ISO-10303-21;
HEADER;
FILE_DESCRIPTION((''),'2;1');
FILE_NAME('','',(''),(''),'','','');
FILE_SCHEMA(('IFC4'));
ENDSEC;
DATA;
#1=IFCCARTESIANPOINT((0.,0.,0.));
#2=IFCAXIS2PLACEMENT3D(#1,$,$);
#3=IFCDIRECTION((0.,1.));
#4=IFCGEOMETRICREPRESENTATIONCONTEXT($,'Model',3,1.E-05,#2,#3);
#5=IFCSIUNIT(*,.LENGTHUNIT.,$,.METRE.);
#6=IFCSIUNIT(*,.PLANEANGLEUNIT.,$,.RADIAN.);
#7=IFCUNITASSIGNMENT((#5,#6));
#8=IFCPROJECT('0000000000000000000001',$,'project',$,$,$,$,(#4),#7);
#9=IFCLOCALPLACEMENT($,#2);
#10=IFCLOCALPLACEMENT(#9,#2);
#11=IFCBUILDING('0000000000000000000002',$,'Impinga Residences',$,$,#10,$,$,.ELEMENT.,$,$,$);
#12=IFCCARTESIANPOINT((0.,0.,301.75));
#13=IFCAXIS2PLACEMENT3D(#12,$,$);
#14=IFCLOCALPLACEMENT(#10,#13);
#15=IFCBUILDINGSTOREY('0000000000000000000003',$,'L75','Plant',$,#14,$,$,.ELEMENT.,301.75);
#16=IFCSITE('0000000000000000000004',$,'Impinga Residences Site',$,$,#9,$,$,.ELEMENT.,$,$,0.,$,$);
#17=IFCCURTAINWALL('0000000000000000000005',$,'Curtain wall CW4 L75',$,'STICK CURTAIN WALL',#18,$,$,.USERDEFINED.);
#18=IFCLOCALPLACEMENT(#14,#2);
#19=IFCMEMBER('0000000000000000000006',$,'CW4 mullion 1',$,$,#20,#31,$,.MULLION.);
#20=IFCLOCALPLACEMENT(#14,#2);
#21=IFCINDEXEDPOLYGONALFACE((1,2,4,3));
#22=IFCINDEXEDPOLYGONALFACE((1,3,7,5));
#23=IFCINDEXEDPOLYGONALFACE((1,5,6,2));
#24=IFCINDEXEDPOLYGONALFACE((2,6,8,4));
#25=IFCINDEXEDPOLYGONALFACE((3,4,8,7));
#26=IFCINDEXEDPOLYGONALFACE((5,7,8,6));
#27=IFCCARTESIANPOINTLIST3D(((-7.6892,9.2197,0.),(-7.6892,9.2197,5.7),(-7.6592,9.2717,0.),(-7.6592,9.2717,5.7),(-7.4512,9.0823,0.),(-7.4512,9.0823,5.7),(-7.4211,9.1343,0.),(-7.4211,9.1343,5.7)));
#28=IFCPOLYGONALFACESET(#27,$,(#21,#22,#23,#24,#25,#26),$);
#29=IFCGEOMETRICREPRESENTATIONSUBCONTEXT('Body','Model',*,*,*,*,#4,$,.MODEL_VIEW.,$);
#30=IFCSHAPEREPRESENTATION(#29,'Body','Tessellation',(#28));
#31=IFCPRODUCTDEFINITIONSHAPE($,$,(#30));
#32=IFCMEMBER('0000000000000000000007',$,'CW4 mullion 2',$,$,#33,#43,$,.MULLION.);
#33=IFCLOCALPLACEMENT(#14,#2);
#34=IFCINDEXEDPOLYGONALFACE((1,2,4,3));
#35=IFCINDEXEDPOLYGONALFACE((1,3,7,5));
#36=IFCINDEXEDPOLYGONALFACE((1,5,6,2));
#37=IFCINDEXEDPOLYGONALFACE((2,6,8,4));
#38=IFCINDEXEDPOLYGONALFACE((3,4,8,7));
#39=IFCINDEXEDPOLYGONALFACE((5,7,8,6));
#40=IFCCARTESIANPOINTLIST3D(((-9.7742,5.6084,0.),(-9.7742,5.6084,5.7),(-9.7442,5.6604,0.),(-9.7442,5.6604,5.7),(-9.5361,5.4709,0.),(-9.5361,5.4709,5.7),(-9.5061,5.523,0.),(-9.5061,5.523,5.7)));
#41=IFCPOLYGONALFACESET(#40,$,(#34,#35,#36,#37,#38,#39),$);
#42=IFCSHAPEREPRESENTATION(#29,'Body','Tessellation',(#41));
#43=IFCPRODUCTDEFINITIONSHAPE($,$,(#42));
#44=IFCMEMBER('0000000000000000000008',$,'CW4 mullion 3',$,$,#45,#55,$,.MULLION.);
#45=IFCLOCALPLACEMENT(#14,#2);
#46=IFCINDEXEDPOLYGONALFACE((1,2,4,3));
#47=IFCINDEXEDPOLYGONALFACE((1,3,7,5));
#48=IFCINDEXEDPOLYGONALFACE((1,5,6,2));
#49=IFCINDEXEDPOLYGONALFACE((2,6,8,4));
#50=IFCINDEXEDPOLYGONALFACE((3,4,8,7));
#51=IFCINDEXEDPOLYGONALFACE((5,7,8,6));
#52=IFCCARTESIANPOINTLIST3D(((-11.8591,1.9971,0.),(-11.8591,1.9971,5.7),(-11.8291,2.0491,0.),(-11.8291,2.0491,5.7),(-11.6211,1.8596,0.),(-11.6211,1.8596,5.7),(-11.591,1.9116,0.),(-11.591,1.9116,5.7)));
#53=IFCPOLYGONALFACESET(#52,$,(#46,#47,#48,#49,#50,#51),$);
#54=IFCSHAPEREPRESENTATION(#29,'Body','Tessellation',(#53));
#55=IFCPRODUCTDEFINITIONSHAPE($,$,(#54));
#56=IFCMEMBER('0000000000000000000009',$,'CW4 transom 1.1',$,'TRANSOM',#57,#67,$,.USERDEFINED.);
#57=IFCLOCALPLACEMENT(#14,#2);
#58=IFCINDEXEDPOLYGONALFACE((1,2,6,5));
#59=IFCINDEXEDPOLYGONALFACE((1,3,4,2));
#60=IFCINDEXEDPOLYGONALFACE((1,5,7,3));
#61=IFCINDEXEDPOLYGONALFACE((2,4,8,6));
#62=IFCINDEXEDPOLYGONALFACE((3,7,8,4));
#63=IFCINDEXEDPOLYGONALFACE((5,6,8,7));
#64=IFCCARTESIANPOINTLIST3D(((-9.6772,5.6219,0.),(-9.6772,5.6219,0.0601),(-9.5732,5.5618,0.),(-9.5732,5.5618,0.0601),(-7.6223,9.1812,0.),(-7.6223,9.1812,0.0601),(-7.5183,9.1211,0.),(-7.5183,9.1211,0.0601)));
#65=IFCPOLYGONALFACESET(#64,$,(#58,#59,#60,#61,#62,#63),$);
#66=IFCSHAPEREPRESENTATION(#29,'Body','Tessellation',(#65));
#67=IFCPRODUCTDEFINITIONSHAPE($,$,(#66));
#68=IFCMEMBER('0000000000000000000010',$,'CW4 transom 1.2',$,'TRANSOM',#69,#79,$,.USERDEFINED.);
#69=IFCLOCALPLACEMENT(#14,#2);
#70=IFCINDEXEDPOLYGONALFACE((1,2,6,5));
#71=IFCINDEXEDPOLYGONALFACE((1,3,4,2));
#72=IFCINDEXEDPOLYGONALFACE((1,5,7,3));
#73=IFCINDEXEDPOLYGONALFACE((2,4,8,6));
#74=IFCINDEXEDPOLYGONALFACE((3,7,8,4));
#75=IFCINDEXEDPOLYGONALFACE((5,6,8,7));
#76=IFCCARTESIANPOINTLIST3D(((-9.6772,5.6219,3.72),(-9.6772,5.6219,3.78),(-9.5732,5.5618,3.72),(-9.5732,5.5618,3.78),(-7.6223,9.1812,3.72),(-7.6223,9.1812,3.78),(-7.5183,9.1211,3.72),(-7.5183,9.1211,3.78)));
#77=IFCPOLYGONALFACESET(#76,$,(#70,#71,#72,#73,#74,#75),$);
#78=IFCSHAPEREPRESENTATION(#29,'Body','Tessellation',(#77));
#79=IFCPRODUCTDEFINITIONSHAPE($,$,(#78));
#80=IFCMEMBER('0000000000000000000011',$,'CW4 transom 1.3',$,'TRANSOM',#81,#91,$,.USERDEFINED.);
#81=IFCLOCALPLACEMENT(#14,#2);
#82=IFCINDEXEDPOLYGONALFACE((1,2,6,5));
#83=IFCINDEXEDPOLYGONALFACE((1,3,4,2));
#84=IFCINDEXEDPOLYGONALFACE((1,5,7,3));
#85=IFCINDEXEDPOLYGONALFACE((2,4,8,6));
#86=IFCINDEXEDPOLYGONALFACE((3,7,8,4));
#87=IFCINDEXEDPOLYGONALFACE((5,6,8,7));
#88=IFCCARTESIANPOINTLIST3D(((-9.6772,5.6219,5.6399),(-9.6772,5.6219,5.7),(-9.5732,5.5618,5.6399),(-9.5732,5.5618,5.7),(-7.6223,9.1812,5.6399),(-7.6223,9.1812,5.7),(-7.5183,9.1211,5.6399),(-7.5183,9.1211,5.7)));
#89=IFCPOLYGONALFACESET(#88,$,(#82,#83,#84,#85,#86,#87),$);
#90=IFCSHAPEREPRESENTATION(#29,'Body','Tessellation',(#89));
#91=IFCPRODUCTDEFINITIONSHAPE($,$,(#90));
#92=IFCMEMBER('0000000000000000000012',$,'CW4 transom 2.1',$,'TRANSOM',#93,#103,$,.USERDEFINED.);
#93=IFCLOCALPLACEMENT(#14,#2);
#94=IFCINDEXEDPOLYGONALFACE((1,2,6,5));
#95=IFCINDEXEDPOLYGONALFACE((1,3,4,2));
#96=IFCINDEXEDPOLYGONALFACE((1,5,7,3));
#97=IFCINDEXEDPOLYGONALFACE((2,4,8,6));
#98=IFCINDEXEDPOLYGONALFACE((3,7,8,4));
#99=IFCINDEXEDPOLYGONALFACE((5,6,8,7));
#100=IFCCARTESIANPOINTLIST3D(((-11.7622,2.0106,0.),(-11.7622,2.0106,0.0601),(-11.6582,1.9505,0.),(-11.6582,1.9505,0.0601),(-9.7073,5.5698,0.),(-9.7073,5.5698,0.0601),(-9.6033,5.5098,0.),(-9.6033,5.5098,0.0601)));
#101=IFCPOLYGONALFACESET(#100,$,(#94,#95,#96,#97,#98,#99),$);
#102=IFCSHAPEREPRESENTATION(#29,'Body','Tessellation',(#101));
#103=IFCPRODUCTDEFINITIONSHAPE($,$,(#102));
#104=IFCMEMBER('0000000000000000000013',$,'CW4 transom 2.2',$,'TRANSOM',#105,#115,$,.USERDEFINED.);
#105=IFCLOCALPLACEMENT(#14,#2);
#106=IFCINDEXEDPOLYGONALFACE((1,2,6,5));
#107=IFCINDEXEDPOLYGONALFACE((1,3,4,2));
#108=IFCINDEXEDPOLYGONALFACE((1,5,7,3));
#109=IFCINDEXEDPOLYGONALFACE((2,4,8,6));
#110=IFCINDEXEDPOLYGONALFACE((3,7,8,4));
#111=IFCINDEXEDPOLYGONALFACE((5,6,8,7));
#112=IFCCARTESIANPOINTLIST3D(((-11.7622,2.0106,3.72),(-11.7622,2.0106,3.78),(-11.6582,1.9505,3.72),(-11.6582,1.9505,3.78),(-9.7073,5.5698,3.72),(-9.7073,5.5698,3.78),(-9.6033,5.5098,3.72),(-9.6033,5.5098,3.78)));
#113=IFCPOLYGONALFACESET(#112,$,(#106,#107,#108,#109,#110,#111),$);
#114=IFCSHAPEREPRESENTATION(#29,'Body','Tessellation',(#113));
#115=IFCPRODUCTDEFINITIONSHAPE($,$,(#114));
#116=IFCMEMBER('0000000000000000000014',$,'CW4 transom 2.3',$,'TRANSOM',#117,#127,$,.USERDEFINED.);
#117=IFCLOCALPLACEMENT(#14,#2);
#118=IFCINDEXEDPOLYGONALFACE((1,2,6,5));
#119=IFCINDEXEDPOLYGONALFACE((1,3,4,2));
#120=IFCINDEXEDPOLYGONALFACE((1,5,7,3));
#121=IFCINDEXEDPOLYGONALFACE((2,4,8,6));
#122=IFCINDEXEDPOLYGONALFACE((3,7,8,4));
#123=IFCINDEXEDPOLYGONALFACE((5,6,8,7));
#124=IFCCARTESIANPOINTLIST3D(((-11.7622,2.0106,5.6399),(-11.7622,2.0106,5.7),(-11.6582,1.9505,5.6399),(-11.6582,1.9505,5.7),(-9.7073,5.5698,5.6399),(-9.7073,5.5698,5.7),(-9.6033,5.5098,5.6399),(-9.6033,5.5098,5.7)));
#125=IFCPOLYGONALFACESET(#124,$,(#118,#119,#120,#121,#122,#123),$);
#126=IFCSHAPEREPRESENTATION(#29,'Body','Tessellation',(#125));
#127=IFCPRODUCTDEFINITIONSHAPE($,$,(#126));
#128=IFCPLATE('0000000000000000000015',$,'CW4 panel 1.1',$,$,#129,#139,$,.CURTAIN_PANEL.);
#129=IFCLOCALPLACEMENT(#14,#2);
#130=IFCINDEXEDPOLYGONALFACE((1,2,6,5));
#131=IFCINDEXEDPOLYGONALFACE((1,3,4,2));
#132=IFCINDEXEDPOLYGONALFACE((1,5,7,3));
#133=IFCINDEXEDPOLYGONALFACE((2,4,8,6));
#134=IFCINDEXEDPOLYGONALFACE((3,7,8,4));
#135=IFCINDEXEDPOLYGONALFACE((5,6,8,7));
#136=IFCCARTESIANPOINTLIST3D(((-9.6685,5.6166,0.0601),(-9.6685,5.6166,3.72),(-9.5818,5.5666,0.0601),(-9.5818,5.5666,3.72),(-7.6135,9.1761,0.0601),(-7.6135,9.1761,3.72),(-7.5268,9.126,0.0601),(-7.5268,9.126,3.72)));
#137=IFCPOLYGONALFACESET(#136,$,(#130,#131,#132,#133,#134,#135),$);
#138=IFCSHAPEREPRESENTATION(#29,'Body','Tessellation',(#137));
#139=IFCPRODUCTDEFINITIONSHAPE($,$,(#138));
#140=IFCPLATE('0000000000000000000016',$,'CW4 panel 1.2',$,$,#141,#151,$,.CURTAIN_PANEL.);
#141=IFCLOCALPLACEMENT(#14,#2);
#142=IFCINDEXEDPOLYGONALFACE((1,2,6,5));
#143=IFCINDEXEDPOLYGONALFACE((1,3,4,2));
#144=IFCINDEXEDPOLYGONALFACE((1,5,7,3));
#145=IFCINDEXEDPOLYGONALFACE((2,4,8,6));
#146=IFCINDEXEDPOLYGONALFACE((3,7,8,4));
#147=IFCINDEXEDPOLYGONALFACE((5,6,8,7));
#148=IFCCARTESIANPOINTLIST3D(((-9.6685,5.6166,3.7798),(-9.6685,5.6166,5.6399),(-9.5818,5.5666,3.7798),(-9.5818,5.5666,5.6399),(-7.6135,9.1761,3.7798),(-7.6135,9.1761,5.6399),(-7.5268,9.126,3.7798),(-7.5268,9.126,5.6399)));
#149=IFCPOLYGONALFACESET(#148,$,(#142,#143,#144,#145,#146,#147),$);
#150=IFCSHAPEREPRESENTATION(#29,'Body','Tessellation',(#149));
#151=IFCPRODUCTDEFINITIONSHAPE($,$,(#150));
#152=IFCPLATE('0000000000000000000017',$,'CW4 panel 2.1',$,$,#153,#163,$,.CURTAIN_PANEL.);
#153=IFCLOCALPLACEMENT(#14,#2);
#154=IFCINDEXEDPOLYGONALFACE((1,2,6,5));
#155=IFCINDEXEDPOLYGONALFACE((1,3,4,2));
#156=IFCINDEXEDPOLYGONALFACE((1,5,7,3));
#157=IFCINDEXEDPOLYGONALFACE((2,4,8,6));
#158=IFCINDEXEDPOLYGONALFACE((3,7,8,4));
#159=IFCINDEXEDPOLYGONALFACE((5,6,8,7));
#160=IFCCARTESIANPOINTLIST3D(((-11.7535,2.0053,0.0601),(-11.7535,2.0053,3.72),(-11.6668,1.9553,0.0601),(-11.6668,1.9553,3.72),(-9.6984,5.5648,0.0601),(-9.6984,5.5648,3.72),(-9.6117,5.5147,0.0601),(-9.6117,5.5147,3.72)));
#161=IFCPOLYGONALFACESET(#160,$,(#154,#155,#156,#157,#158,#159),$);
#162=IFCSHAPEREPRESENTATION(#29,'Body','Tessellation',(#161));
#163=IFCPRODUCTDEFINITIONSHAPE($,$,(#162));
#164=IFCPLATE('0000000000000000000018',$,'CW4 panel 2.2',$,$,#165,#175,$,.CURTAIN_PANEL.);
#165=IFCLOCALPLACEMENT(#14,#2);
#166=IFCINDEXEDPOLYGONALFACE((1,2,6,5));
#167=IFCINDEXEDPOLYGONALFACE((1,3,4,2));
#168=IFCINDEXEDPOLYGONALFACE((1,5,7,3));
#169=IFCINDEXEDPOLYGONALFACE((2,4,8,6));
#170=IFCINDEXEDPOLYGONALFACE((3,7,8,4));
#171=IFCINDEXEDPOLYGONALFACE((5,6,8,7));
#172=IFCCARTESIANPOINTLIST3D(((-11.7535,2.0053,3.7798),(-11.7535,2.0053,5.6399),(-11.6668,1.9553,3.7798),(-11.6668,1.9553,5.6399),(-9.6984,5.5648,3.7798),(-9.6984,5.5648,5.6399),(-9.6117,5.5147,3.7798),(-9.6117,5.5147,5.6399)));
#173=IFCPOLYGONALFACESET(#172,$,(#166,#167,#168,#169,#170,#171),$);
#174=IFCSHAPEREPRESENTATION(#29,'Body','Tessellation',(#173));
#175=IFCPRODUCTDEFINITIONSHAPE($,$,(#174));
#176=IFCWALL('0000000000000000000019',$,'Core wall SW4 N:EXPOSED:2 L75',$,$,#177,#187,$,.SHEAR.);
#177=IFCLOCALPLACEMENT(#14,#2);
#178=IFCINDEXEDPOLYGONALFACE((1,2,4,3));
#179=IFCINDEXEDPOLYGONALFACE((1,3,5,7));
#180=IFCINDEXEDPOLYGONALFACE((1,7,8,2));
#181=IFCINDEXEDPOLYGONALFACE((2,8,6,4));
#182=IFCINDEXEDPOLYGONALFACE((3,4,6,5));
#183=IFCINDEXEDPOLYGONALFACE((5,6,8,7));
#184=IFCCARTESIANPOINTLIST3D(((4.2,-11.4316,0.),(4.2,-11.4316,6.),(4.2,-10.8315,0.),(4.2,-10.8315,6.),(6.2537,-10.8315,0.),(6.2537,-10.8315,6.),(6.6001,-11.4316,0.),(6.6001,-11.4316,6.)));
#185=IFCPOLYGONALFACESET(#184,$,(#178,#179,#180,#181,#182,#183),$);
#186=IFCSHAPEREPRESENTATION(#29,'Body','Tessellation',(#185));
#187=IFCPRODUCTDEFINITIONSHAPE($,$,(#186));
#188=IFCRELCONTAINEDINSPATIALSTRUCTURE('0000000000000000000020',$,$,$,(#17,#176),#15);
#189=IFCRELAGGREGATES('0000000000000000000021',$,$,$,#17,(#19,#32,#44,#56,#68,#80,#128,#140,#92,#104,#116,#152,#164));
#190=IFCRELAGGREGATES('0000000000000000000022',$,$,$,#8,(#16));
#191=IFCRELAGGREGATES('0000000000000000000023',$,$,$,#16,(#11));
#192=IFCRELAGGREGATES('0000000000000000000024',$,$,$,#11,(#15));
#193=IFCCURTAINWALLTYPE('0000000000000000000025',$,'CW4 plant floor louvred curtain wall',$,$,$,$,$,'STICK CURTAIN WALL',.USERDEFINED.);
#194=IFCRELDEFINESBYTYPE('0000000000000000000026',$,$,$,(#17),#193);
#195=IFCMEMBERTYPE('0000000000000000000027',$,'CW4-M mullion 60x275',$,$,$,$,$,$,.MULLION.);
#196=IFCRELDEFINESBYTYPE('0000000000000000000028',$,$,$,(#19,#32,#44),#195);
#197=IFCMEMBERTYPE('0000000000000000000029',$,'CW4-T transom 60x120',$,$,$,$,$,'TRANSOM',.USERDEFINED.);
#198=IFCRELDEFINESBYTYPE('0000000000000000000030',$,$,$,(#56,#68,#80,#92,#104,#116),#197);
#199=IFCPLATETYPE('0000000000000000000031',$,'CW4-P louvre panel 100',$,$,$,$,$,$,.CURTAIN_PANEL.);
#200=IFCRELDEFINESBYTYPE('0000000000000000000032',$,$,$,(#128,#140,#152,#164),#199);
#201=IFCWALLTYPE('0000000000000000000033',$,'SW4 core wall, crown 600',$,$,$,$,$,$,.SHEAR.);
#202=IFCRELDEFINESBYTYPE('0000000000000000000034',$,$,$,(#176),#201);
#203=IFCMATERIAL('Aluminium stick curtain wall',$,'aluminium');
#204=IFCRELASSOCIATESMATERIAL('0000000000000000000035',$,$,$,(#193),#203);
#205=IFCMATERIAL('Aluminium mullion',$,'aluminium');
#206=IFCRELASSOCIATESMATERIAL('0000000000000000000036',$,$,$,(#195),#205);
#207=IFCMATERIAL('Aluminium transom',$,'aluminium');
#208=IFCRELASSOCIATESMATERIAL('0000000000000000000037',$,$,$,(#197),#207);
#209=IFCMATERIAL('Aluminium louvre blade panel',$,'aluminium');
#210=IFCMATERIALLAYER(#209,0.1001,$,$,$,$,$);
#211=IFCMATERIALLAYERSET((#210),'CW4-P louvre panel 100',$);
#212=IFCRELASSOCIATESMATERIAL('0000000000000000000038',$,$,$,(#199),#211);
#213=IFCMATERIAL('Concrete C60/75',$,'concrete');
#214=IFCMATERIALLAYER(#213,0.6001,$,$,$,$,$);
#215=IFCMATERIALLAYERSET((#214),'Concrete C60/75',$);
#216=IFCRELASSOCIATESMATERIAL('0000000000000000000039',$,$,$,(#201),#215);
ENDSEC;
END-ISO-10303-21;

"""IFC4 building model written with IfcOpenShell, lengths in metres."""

from ifc_helpers import new_model, si_unit, direction, frame, origin, origin_2d, place, context, subcontext, project, spatial, polyline, rectangle, outline, extrude, material, layer, layer_set, material_profile, profile_set, type_object, element, aggregate, save


model = new_model("IFC4")

# Units and contexts
model_context = context("Model", 3, precision=1e-05, world=origin(), true_north=direction((0.0, 1.0)))
body_context = subcontext(model_context, "Body", "Model", "MODEL_VIEW")
ifc_project = project(units=[si_unit("LENGTHUNIT", "METRE"), si_unit("PLANEANGLEUNIT", "RADIAN")], contexts=[model_context])

# Site, building, storey
site_placement = place(None, origin())
site = spatial("IfcSite", under=ifc_project, at=site_placement, Name="Impinga Residences Site", CompositionType="ELEMENT", RefElevation=0.0)
building_placement = place(site_placement, origin())
building = spatial("IfcBuilding", under=site, at=building_placement, Name="Impinga Residences", CompositionType="ELEMENT")
storey_placement = place(building_placement, frame((0.0, 0.0, 301.75)))
storey = spatial("IfcBuildingStorey", under=building, at=storey_placement, Name="L75", Description="Plant", CompositionType="ELEMENT", Elevation=301.75)

# Curtain wall, members, plates
ifc_material_1 = material(Name="Aluminium stick curtain wall", Category="aluminium")
curtain_wall_type = type_object("IfcCurtainWallType", Name="CW4 plant floor louvred curtain wall", ElementType="STICK CURTAIN WALL", PredefinedType="USERDEFINED", material=ifc_material_1)
curtain_wall_placement = place(storey_placement, origin())
curtain_wall = element("IfcCurtainWall", 1, at=curtain_wall_placement, inside=storey, type_object=curtain_wall_type, Name="Curtain wall CW4 L75", ObjectType="STICK CURTAIN WALL", PredefinedType="USERDEFINED")
ifc_material_2 = material(Name="Aluminium mullion", Category="aluminium")
ifc_material_profile_1 = material_profile(ifc_material_2, rectangle(XDim=0.0601, YDim=0.2749, at=origin_2d()), Name="60x275 mullion")
ifc_profile_set_1 = profile_set([ifc_material_profile_1], Name="Aluminium mullion")
member_type_1 = type_object("IfcMemberType", Name="CW4-M mullion 60x275", PredefinedType="MULLION", material=ifc_profile_set_1)
member_1_placement = place(storey_placement, frame((-7.5552, 9.177, 0.0), z_axis=(0.0, 0.0, 1.0), x_axis=(-0.5, -0.866025, 0.0)))
member_1 = element("IfcMember", 2, at=member_1_placement, type_object=member_type_1, Name="CW4 mullion 1", PredefinedType="MULLION", context=body_context, shape_type="SweptSolid", body=[
    extrude(rectangle(XDim=0.0601, YDim=0.2749, at=origin_2d()), origin(), (0.0, 0.0, 1.0), 5.7),
])
member_2_placement = place(storey_placement, frame((-9.6401, 5.5657, 0.0), z_axis=(0.0, 0.0, 1.0), x_axis=(-0.5, -0.866025, 0.0)))
member_2 = element("IfcMember", 3, at=member_2_placement, type_object=member_type_1, Name="CW4 mullion 2", PredefinedType="MULLION", context=body_context, shape_type="SweptSolid", body=[
    extrude(rectangle(XDim=0.0601, YDim=0.2749, at=origin_2d()), origin(), (0.0, 0.0, 1.0), 5.7),
])
member_3_placement = place(storey_placement, frame((-11.7251, 1.9543, 0.0), z_axis=(0.0, 0.0, 1.0), x_axis=(-0.5, -0.866025, 0.0)))
member_3 = element("IfcMember", 4, at=member_3_placement, type_object=member_type_1, Name="CW4 mullion 3", PredefinedType="MULLION", context=body_context, shape_type="SweptSolid", body=[
    extrude(rectangle(XDim=0.0601, YDim=0.2749, at=origin_2d()), origin(), (0.0, 0.0, 1.0), 5.7),
])
ifc_material_3 = material(Name="Aluminium transom", Category="aluminium")
ifc_material_profile_2 = material_profile(ifc_material_3, rectangle(XDim=0.0601, YDim=0.1201, at=origin_2d()), Name="60x120 transom")
ifc_profile_set_2 = profile_set([ifc_material_profile_2], Name="Aluminium transom")
member_type_2 = type_object("IfcMemberType", Name="CW4-T transom 60x120", ElementType="TRANSOM", PredefinedType="USERDEFINED", material=ifc_profile_set_2)
member_4_placement = place(storey_placement, frame((-7.5703, 9.1511, 0.03), z_axis=(-0.499992, -0.86603, 0.0), x_axis=(0.0, 0.0, 1.0)))
member_4 = element("IfcMember", 5, at=member_4_placement, type_object=member_type_2, Name="CW4 transom 1.1", ObjectType="TRANSOM", PredefinedType="USERDEFINED", context=body_context, shape_type="SweptSolid", body=[
    extrude(rectangle(XDim=0.0601, YDim=0.1201, at=origin_2d()), origin(), (0.0, 0.0, 1.0), 4.1099),
])
member_5_placement = place(storey_placement, frame((-7.5703, 9.1511, 3.75), z_axis=(-0.499992, -0.86603, 0.0), x_axis=(0.0, 0.0, 1.0)))
member_5 = element("IfcMember", 6, at=member_5_placement, type_object=member_type_2, Name="CW4 transom 1.2", ObjectType="TRANSOM", PredefinedType="USERDEFINED", context=body_context, shape_type="SweptSolid", body=[
    extrude(rectangle(XDim=0.0601, YDim=0.1201, at=origin_2d()), origin(), (0.0, 0.0, 1.0), 4.1099),
])
member_6_placement = place(storey_placement, frame((-7.5703, 9.1511, 5.6699), z_axis=(-0.499992, -0.86603, 0.0), x_axis=(0.0, 0.0, 1.0)))
member_6 = element("IfcMember", 7, at=member_6_placement, type_object=member_type_2, Name="CW4 transom 1.3", ObjectType="TRANSOM", PredefinedType="USERDEFINED", context=body_context, shape_type="SweptSolid", body=[
    extrude(rectangle(XDim=0.0601, YDim=0.1201, at=origin_2d()), origin(), (0.0, 0.0, 1.0), 4.1099),
])
member_7_placement = place(storey_placement, frame((-9.6553, 5.5398, 0.03), z_axis=(-0.499992, -0.86603, 0.0), x_axis=(0.0, 0.0, 1.0)))
member_7 = element("IfcMember", 8, at=member_7_placement, type_object=member_type_2, Name="CW4 transom 2.1", ObjectType="TRANSOM", PredefinedType="USERDEFINED", context=body_context, shape_type="SweptSolid", body=[
    extrude(rectangle(XDim=0.0601, YDim=0.1201, at=origin_2d()), origin(), (0.0, 0.0, 1.0), 4.1099),
])
member_8_placement = place(storey_placement, frame((-9.6553, 5.5398, 3.75), z_axis=(-0.499992, -0.86603, 0.0), x_axis=(0.0, 0.0, 1.0)))
member_8 = element("IfcMember", 9, at=member_8_placement, type_object=member_type_2, Name="CW4 transom 2.2", ObjectType="TRANSOM", PredefinedType="USERDEFINED", context=body_context, shape_type="SweptSolid", body=[
    extrude(rectangle(XDim=0.0601, YDim=0.1201, at=origin_2d()), origin(), (0.0, 0.0, 1.0), 4.1099),
])
member_9_placement = place(storey_placement, frame((-9.6553, 5.5398, 5.6699), z_axis=(-0.499992, -0.86603, 0.0), x_axis=(0.0, 0.0, 1.0)))
member_9 = element("IfcMember", 10, at=member_9_placement, type_object=member_type_2, Name="CW4 transom 2.3", ObjectType="TRANSOM", PredefinedType="USERDEFINED", context=body_context, shape_type="SweptSolid", body=[
    extrude(rectangle(XDim=0.0601, YDim=0.1201, at=origin_2d()), origin(), (0.0, 0.0, 1.0), 4.1099),
])
ifc_material_4 = material(Name="Aluminium louvre blade panel", Category="aluminium")
ifc_layer_1 = layer(ifc_material_4, 0.1001)
ifc_layer_set_1 = layer_set([ifc_layer_1], Name="CW4-P louvre panel 100")
plate_type = type_object("IfcPlateType", Name="CW4-P louvre panel 100", PredefinedType="CURTAIN_PANEL", material=ifc_layer_set_1)
plate_1_placement = place(storey_placement, frame((-8.5977, 7.3713, 0.0601), z_axis=(0.0, 0.0, 1.0), x_axis=(-0.5, -0.866025, 0.0)))
plate_1 = element("IfcPlate", 11, at=plate_1_placement, type_object=plate_type, Name="CW4 panel 1.1", PredefinedType="CURTAIN_PANEL", context=body_context, shape_type="SweptSolid", body=[
    extrude(rectangle(XDim=4.1101, YDim=0.1001, at=origin_2d()), origin(), (0.0, 0.0, 1.0), 3.6599),
])
plate_2_placement = place(storey_placement, frame((-8.5977, 7.3713, 3.7798), z_axis=(0.0, 0.0, 1.0), x_axis=(-0.5, -0.866025, 0.0)))
plate_2 = element("IfcPlate", 12, at=plate_2_placement, type_object=plate_type, Name="CW4 panel 1.2", PredefinedType="CURTAIN_PANEL", context=body_context, shape_type="SweptSolid", body=[
    extrude(rectangle(XDim=4.1101, YDim=0.1001, at=origin_2d()), origin(), (0.0, 0.0, 1.0), 1.8601),
])
plate_3_placement = place(storey_placement, frame((-10.6826, 3.76, 0.0601), z_axis=(0.0, 0.0, 1.0), x_axis=(-0.5, -0.866025, 0.0)))
plate_3 = element("IfcPlate", 13, at=plate_3_placement, type_object=plate_type, Name="CW4 panel 2.1", PredefinedType="CURTAIN_PANEL", context=body_context, shape_type="SweptSolid", body=[
    extrude(rectangle(XDim=4.1101, YDim=0.1001, at=origin_2d()), origin(), (0.0, 0.0, 1.0), 3.6599),
])
plate_4_placement = place(storey_placement, frame((-10.6826, 3.76, 3.7798), z_axis=(0.0, 0.0, 1.0), x_axis=(-0.5, -0.866025, 0.0)))
plate_4 = element("IfcPlate", 14, at=plate_4_placement, type_object=plate_type, Name="CW4 panel 2.2", PredefinedType="CURTAIN_PANEL", context=body_context, shape_type="SweptSolid", body=[
    extrude(rectangle(XDim=4.1101, YDim=0.1001, at=origin_2d()), origin(), (0.0, 0.0, 1.0), 1.8601),
])
aggregate(curtain_wall, [member_1, member_2, member_3, member_4, member_5, member_6, plate_1, plate_2, member_7, member_8, member_9, plate_3, plate_4])

# Wall
ifc_material_5 = material(Name="Concrete C60/75", Category="concrete")
ifc_layer_2 = layer(ifc_material_5, 0.6001)
ifc_layer_set_2 = layer_set([ifc_layer_2], Name="Concrete C60/75")
wall_type_1 = type_object("IfcWallType", Name="SW4 core wall, crown 600", PredefinedType="SHEAR", material=ifc_layer_set_2)
wall_1_placement = place(storey_placement, origin())
element("IfcWall", 15, at=wall_1_placement, inside=storey, type_object=wall_type_1, Name="Core wall SW4 N:EXPOSED:2 L75", PredefinedType="SHEAR", context=body_context, shape_type="SweptSolid", body=[
    extrude(outline(polyline([(4.2, -11.4316), (6.6001, -11.4316), (6.2537, -10.8315), (4.2, -10.8315), (4.2, -11.4316)])), origin(), (0.0, 0.0, 1.0), 6.0),
])

save(model, "model.ifc")
